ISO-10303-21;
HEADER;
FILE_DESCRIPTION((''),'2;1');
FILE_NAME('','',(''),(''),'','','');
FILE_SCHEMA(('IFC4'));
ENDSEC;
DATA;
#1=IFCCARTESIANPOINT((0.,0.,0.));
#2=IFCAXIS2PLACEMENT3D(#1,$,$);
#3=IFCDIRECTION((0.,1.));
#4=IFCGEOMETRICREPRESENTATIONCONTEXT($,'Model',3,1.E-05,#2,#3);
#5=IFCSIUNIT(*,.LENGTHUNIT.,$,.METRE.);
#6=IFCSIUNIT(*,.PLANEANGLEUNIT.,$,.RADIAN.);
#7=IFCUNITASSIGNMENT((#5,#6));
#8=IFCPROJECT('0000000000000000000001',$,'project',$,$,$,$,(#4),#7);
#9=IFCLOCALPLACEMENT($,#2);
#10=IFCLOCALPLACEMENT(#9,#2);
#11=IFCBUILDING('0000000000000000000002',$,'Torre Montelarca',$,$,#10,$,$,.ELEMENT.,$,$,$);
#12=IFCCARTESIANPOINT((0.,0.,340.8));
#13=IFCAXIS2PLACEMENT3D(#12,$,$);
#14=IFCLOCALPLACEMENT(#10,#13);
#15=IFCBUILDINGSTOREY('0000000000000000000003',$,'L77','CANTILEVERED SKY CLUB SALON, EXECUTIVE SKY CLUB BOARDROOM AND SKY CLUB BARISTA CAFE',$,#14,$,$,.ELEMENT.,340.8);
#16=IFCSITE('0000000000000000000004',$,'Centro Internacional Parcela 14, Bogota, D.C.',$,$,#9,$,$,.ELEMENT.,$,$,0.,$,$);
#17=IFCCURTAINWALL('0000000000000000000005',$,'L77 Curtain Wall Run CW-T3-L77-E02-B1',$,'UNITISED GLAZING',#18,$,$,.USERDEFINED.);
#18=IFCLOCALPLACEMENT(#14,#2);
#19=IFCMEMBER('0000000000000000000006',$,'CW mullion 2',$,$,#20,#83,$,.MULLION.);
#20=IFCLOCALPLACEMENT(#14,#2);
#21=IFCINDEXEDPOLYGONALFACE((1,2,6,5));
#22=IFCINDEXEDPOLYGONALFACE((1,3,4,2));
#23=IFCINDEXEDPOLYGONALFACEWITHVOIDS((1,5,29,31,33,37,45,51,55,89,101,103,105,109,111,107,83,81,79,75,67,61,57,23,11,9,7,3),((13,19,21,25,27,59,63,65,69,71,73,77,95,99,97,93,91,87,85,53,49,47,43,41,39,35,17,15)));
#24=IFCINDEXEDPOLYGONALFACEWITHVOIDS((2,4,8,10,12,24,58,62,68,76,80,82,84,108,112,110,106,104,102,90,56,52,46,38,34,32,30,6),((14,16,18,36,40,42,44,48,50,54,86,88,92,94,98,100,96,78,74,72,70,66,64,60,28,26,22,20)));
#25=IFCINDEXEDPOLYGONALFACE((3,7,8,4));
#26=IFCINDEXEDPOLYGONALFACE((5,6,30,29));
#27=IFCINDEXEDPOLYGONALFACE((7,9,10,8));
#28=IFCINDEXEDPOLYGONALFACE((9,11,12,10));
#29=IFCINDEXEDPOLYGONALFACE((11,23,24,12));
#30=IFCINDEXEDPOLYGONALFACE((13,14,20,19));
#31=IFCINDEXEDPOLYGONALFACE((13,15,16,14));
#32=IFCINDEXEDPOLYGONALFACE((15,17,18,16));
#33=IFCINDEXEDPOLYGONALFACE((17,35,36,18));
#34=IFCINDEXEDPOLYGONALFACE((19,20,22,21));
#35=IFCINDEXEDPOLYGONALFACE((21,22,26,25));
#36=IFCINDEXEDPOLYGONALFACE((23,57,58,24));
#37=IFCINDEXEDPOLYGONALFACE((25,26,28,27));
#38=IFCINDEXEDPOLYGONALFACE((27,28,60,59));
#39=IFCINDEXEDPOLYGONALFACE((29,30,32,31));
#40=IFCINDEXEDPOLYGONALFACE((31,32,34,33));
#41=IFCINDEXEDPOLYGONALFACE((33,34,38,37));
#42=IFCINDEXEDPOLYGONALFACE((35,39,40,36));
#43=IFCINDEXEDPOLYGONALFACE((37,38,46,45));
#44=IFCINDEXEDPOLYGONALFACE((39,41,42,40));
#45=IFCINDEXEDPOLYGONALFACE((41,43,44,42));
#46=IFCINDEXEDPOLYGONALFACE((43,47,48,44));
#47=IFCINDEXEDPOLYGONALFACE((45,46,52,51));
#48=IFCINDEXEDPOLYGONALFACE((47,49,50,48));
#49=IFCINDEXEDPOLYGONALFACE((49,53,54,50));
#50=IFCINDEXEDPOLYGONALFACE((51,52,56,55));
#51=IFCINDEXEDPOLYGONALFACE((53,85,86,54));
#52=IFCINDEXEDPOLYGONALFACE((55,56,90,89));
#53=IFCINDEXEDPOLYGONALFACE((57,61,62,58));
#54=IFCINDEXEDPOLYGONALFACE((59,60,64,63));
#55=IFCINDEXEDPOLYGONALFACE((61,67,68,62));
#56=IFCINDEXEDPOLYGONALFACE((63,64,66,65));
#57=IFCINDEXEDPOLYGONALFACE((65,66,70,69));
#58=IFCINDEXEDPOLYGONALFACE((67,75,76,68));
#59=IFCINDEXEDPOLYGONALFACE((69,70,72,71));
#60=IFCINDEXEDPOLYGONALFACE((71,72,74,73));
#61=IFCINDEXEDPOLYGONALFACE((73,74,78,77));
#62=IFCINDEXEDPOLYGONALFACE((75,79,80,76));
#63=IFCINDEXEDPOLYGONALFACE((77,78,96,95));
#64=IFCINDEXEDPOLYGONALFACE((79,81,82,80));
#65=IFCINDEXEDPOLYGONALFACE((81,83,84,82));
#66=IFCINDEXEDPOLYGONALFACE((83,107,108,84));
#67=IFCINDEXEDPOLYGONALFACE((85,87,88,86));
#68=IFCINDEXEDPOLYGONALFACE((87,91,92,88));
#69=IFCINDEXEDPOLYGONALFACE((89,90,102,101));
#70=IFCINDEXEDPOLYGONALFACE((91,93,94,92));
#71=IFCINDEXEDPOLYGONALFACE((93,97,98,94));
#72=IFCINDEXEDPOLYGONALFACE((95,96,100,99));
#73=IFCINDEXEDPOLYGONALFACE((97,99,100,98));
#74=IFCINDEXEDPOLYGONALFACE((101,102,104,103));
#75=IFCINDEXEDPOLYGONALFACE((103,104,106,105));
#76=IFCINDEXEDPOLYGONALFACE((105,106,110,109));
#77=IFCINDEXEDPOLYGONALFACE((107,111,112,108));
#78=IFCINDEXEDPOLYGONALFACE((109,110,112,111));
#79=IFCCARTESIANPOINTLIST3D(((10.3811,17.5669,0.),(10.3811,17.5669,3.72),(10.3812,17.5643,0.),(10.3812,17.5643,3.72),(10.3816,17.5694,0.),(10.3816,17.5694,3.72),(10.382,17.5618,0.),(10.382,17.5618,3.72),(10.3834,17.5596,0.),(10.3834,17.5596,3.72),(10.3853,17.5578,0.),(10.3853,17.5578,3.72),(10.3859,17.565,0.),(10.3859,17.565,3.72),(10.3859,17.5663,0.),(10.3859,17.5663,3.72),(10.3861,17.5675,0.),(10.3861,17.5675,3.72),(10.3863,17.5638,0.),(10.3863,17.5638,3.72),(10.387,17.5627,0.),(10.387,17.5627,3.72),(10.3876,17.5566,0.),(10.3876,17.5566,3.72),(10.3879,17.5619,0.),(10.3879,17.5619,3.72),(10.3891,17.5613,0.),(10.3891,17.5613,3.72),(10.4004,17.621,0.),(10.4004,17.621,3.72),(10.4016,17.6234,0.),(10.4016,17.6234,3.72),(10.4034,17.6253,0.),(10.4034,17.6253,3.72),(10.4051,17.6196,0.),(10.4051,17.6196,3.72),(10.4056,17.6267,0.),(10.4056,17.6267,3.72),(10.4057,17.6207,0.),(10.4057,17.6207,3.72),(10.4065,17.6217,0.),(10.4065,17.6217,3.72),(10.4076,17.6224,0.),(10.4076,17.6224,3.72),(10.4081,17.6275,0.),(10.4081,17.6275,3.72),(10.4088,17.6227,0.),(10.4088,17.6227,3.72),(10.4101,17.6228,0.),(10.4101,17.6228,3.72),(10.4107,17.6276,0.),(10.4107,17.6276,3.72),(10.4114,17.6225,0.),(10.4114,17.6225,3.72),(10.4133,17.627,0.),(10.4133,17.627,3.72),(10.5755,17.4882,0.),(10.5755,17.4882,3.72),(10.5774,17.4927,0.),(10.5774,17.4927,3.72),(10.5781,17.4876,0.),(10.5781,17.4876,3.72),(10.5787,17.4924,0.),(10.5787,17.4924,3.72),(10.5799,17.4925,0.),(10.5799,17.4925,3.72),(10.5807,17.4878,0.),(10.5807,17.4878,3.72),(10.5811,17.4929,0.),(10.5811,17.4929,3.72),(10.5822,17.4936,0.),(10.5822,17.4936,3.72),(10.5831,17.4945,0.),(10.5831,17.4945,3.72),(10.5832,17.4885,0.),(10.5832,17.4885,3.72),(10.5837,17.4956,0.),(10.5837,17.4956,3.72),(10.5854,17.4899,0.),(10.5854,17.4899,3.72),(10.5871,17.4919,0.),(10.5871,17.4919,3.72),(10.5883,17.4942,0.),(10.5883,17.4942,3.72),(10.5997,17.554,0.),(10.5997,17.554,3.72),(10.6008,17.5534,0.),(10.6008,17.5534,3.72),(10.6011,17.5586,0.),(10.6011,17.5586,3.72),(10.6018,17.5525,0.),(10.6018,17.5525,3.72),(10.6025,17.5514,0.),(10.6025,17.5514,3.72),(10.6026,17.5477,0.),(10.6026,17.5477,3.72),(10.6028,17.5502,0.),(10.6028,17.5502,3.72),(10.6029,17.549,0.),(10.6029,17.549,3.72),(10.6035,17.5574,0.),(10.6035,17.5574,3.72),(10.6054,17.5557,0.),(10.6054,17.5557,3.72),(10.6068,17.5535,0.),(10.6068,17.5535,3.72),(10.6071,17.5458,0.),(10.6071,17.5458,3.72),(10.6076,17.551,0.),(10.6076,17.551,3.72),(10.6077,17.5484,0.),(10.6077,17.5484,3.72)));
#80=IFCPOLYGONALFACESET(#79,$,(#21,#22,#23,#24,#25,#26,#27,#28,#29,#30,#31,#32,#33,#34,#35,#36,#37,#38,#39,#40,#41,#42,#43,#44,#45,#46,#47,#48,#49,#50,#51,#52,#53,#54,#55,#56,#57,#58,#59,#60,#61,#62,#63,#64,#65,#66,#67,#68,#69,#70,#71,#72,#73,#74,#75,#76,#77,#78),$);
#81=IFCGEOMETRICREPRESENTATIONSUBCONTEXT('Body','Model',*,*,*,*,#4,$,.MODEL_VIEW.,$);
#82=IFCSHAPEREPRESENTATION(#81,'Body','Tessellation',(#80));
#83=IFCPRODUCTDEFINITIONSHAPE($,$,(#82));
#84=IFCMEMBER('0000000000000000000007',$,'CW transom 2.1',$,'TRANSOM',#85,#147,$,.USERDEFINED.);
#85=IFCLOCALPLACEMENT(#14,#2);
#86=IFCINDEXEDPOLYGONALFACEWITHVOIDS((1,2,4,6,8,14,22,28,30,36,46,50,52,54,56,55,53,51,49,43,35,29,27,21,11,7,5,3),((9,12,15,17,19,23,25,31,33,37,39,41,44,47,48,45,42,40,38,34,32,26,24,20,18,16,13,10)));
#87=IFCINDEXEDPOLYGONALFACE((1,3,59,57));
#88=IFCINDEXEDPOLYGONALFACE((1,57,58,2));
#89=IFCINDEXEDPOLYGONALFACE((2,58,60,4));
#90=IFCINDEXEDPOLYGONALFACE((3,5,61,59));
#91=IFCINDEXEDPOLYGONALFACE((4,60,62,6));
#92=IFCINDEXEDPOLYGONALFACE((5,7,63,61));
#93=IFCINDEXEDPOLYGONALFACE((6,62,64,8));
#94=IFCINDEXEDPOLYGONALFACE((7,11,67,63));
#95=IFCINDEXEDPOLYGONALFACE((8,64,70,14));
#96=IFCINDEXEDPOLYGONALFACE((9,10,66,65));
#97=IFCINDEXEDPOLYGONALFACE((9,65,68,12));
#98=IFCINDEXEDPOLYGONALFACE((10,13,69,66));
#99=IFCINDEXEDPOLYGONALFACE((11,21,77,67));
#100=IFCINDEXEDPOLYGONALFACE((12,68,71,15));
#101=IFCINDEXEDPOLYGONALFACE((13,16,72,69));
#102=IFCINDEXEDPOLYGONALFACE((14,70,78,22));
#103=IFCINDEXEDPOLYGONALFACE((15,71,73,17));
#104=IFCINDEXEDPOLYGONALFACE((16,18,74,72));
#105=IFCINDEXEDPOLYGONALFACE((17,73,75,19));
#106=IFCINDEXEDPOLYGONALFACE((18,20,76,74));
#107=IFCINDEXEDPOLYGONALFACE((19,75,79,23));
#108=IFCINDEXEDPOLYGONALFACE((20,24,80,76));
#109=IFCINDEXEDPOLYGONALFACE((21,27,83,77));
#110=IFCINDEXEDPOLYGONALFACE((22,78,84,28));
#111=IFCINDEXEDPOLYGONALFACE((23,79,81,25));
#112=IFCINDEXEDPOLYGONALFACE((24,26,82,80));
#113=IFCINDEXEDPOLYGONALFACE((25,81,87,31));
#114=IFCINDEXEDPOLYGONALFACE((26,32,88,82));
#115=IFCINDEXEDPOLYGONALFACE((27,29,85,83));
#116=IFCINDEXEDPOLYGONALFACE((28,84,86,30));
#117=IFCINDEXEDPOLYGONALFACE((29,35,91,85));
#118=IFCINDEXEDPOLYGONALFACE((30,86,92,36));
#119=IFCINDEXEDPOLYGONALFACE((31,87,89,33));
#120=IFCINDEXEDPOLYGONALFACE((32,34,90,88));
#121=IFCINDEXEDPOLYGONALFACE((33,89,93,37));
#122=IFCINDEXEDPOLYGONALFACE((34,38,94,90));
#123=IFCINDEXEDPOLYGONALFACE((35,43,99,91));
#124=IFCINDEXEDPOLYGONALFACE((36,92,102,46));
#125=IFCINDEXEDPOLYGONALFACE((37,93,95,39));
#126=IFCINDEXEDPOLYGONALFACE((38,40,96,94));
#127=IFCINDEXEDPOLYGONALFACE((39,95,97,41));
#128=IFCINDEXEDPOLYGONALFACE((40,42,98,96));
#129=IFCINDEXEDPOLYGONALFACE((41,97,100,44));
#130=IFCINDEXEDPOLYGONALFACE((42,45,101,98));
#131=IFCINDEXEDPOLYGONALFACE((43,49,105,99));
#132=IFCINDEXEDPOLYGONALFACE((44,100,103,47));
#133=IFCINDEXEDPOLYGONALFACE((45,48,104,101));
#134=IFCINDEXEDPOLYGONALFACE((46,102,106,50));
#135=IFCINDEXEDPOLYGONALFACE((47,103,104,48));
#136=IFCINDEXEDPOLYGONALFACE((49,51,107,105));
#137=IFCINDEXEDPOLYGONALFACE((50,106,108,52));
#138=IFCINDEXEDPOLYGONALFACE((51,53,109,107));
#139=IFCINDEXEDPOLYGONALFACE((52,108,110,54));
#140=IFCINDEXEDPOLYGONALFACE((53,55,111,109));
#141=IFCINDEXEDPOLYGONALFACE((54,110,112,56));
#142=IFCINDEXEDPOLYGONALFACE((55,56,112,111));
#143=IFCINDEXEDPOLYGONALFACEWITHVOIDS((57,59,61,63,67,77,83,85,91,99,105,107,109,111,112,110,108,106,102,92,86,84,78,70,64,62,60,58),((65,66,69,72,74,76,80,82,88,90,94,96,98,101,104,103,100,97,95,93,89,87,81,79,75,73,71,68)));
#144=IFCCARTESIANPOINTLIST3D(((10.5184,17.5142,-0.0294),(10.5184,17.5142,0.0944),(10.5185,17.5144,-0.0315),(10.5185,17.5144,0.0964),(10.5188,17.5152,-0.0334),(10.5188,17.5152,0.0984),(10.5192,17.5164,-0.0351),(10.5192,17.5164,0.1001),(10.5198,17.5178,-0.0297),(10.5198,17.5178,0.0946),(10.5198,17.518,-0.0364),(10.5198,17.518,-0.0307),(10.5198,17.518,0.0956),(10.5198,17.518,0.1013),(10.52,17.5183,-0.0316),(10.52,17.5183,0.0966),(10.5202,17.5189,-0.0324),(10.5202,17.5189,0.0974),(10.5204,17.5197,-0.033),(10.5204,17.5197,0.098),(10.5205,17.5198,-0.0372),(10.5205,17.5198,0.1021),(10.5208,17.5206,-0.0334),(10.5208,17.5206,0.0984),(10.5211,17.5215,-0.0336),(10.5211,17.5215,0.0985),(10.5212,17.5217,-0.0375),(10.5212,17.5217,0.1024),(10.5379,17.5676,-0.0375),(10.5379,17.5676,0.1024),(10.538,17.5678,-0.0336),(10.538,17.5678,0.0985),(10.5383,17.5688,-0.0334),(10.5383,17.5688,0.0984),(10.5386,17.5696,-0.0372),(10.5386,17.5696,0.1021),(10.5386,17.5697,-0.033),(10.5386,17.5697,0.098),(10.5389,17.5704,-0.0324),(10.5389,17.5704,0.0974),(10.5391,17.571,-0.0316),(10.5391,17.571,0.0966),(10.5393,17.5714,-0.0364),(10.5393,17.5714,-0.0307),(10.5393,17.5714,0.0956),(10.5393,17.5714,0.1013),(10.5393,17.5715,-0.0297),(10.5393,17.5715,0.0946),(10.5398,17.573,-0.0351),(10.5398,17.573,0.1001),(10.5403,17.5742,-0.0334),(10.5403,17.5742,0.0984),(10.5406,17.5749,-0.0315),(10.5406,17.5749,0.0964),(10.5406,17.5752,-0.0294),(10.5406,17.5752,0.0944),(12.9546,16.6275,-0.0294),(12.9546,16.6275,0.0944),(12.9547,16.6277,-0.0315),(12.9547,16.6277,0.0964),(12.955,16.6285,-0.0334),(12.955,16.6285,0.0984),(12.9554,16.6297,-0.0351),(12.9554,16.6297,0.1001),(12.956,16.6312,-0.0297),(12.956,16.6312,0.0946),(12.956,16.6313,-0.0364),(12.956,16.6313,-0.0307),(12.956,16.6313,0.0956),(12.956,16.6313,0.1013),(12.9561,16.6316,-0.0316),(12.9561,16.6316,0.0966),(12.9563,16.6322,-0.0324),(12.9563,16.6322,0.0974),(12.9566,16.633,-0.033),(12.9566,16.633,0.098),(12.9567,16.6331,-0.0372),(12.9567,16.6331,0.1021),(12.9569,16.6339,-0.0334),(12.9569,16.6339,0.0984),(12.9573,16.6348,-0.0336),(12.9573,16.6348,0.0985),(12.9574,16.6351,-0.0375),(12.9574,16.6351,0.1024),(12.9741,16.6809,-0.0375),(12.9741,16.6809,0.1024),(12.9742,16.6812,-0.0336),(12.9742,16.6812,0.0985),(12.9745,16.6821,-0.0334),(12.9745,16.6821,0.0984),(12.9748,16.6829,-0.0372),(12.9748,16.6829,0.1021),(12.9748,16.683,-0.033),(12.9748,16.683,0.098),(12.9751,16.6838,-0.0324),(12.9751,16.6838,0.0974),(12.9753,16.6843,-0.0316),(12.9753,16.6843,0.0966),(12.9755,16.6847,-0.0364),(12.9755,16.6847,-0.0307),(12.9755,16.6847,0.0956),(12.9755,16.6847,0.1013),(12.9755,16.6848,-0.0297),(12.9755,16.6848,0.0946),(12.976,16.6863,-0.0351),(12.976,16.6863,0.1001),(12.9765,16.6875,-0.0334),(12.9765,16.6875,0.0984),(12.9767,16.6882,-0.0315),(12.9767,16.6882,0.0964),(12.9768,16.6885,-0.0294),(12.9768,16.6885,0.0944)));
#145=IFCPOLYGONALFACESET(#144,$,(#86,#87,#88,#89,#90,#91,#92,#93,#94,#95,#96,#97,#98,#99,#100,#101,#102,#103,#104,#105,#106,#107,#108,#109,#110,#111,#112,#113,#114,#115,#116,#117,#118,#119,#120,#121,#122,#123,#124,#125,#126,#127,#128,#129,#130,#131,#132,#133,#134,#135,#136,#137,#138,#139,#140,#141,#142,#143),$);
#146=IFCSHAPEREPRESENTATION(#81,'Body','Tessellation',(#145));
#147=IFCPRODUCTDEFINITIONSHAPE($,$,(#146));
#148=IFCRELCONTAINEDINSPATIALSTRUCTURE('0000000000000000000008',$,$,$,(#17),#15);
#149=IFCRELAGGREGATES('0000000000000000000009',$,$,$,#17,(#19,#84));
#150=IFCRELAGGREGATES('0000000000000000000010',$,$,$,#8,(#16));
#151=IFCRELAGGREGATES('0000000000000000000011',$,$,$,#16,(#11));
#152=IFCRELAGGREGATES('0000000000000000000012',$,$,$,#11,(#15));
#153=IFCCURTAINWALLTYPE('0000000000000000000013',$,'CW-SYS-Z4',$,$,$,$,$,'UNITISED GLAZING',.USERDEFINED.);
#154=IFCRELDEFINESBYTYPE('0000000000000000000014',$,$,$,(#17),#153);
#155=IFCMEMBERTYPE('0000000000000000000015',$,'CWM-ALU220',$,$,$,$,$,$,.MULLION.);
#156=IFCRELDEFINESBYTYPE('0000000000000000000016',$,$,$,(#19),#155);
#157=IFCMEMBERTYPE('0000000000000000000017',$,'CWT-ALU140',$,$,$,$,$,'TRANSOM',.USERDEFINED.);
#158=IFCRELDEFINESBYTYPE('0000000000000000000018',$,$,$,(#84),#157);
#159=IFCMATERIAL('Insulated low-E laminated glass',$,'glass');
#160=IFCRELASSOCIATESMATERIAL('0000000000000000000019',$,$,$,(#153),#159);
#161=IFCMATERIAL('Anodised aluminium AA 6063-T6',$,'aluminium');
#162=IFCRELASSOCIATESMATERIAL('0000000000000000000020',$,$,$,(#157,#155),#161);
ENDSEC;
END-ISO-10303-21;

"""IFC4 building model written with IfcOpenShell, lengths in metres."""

from ifc_helpers import new_model, si_unit, direction, frame, origin, origin_2d, place, context, subcontext, project, spatial, hollow_rectangle, extrude, source, transform, mapped, material, material_profile, profile_set, type_object, element, aggregate, save


model = new_model("IFC4")

# Units and contexts
model_context = context("Model", 3, precision=1e-05, world=origin(), true_north=direction((0.0, 1.0)))
body_context = subcontext(model_context, "Body", "Model", "MODEL_VIEW")
ifc_project = project(units=[si_unit("LENGTHUNIT", "METRE"), si_unit("PLANEANGLEUNIT", "RADIAN")], contexts=[model_context])

# Site, building, storey
site_placement = place(None, origin())
site = spatial("IfcSite", under=ifc_project, at=site_placement, Name="Centro Internacional Parcela 14, Bogota, D.C.", CompositionType="ELEMENT", RefElevation=0.0)
building_placement = place(site_placement, origin())
building = spatial("IfcBuilding", under=site, at=building_placement, Name="Torre Montelarca", CompositionType="ELEMENT")
storey_placement = place(building_placement, frame((0.0, 0.0, 340.8)))
storey = spatial("IfcBuildingStorey", under=building, at=storey_placement, Name="L77", Description="CANTILEVERED SKY CLUB SALON, EXECUTIVE SKY CLUB BOARDROOM AND SKY CLUB BARISTA CAFE", CompositionType="ELEMENT", Elevation=340.8)

# Curtain wall
ifc_material_1 = material(Name="Insulated low-E laminated glass", Category="glass")
curtain_wall_type = type_object("IfcCurtainWallType", Name="CW-SYS-Z4", ElementType="UNITISED GLAZING", PredefinedType="USERDEFINED", material=ifc_material_1)
curtain_wall_1_placement = place(storey_placement, origin())
curtain_wall_1 = element("IfcCurtainWall", 1, at=curtain_wall_1_placement, inside=storey, type_object=curtain_wall_type, Name="L77 Curtain Wall Run CW-T3-L77-E02-B1", ObjectType="UNITISED GLAZING", PredefinedType="USERDEFINED")
ifc_material_2 = material(Name="Anodised aluminium AA 6063-T6", Category="aluminium")
ifc_material_profile_1 = material_profile(ifc_material_2, hollow_rectangle(XDim=0.0649, YDim=0.1399, WallThickness=0.0039, InnerFilletRadius=0.0039, OuterFilletRadius=0.0081, at=origin_2d()), Name="ALU65X140X4", Category="aluminium")
ifc_profile_set_1 = profile_set([ifc_material_profile_1], Name="Anodised aluminium AA 6063-T6")
member_type_1 = type_object("IfcMemberType", Name="CWT-ALU140", ElementType="TRANSOM", PredefinedType="USERDEFINED", material=ifc_profile_set_1)
ifc_material_profile_2 = material_profile(ifc_material_2, hollow_rectangle(XDim=0.075, YDim=0.22, WallThickness=0.0049, InnerFilletRadius=0.0049, OuterFilletRadius=0.01, at=origin_2d()), Name="ALU75X220X5", Category="aluminium")
ifc_profile_set_2 = profile_set([ifc_material_profile_2], Name="Anodised aluminium AA 6063-T6")
member_type_2 = type_object("IfcMemberType", Name="CWM-ALU220", PredefinedType="MULLION", material=ifc_profile_set_2)
shared_shape_1 = source(origin(), body_context, "Body", "SweptSolid", [
    extrude(hollow_rectangle(XDim=0.075, YDim=0.22, WallThickness=0.0049, InnerFilletRadius=0.0049, OuterFilletRadius=0.01, at=origin_2d()), origin(), (0.0, 0.0, 1.0), 3.72),
])

# Members
member_1_placement = place(storey_placement, frame((10.4944, 17.5576, 0.0), z_axis=(0.0, 0.0, 1.0), x_axis=(0.342024, 0.939691, 0.0)))
member_1 = element("IfcMember", 2, at=member_1_placement, type_object=member_type_2, Name="CW mullion 2", PredefinedType="MULLION", context=body_context, shape_type="MappedRepresentation", body=[
    mapped(shared_shape_1, transform((0.0, 0.0, 0.0), scale=1.0)),
])
shared_shape_2 = source(origin(), body_context, "Body", "SweptSolid", [
    extrude(hollow_rectangle(XDim=0.0649, YDim=0.1399, WallThickness=0.0039, InnerFilletRadius=0.0039, OuterFilletRadius=0.0081, at=origin_2d()), origin(), (0.0, 0.0, 1.0), 2.5925),
])
member_2_placement = place(storey_placement, frame((10.5295, 17.5447, 0.0325), z_axis=(0.939694, -0.342015, 0.0), x_axis=(0.342015, 0.939694, 0.0)))
member_2 = element("IfcMember", 3, at=member_2_placement, type_object=member_type_1, Name="CW transom 2.1", ObjectType="TRANSOM", PredefinedType="USERDEFINED", context=body_context, shape_type="MappedRepresentation", body=[
    mapped(shared_shape_2, transform((0.0, 0.0, 0.0), scale=1.0)),
])

aggregate(curtain_wall_1, [member_1, member_2])

save(model, "model.ifc")
